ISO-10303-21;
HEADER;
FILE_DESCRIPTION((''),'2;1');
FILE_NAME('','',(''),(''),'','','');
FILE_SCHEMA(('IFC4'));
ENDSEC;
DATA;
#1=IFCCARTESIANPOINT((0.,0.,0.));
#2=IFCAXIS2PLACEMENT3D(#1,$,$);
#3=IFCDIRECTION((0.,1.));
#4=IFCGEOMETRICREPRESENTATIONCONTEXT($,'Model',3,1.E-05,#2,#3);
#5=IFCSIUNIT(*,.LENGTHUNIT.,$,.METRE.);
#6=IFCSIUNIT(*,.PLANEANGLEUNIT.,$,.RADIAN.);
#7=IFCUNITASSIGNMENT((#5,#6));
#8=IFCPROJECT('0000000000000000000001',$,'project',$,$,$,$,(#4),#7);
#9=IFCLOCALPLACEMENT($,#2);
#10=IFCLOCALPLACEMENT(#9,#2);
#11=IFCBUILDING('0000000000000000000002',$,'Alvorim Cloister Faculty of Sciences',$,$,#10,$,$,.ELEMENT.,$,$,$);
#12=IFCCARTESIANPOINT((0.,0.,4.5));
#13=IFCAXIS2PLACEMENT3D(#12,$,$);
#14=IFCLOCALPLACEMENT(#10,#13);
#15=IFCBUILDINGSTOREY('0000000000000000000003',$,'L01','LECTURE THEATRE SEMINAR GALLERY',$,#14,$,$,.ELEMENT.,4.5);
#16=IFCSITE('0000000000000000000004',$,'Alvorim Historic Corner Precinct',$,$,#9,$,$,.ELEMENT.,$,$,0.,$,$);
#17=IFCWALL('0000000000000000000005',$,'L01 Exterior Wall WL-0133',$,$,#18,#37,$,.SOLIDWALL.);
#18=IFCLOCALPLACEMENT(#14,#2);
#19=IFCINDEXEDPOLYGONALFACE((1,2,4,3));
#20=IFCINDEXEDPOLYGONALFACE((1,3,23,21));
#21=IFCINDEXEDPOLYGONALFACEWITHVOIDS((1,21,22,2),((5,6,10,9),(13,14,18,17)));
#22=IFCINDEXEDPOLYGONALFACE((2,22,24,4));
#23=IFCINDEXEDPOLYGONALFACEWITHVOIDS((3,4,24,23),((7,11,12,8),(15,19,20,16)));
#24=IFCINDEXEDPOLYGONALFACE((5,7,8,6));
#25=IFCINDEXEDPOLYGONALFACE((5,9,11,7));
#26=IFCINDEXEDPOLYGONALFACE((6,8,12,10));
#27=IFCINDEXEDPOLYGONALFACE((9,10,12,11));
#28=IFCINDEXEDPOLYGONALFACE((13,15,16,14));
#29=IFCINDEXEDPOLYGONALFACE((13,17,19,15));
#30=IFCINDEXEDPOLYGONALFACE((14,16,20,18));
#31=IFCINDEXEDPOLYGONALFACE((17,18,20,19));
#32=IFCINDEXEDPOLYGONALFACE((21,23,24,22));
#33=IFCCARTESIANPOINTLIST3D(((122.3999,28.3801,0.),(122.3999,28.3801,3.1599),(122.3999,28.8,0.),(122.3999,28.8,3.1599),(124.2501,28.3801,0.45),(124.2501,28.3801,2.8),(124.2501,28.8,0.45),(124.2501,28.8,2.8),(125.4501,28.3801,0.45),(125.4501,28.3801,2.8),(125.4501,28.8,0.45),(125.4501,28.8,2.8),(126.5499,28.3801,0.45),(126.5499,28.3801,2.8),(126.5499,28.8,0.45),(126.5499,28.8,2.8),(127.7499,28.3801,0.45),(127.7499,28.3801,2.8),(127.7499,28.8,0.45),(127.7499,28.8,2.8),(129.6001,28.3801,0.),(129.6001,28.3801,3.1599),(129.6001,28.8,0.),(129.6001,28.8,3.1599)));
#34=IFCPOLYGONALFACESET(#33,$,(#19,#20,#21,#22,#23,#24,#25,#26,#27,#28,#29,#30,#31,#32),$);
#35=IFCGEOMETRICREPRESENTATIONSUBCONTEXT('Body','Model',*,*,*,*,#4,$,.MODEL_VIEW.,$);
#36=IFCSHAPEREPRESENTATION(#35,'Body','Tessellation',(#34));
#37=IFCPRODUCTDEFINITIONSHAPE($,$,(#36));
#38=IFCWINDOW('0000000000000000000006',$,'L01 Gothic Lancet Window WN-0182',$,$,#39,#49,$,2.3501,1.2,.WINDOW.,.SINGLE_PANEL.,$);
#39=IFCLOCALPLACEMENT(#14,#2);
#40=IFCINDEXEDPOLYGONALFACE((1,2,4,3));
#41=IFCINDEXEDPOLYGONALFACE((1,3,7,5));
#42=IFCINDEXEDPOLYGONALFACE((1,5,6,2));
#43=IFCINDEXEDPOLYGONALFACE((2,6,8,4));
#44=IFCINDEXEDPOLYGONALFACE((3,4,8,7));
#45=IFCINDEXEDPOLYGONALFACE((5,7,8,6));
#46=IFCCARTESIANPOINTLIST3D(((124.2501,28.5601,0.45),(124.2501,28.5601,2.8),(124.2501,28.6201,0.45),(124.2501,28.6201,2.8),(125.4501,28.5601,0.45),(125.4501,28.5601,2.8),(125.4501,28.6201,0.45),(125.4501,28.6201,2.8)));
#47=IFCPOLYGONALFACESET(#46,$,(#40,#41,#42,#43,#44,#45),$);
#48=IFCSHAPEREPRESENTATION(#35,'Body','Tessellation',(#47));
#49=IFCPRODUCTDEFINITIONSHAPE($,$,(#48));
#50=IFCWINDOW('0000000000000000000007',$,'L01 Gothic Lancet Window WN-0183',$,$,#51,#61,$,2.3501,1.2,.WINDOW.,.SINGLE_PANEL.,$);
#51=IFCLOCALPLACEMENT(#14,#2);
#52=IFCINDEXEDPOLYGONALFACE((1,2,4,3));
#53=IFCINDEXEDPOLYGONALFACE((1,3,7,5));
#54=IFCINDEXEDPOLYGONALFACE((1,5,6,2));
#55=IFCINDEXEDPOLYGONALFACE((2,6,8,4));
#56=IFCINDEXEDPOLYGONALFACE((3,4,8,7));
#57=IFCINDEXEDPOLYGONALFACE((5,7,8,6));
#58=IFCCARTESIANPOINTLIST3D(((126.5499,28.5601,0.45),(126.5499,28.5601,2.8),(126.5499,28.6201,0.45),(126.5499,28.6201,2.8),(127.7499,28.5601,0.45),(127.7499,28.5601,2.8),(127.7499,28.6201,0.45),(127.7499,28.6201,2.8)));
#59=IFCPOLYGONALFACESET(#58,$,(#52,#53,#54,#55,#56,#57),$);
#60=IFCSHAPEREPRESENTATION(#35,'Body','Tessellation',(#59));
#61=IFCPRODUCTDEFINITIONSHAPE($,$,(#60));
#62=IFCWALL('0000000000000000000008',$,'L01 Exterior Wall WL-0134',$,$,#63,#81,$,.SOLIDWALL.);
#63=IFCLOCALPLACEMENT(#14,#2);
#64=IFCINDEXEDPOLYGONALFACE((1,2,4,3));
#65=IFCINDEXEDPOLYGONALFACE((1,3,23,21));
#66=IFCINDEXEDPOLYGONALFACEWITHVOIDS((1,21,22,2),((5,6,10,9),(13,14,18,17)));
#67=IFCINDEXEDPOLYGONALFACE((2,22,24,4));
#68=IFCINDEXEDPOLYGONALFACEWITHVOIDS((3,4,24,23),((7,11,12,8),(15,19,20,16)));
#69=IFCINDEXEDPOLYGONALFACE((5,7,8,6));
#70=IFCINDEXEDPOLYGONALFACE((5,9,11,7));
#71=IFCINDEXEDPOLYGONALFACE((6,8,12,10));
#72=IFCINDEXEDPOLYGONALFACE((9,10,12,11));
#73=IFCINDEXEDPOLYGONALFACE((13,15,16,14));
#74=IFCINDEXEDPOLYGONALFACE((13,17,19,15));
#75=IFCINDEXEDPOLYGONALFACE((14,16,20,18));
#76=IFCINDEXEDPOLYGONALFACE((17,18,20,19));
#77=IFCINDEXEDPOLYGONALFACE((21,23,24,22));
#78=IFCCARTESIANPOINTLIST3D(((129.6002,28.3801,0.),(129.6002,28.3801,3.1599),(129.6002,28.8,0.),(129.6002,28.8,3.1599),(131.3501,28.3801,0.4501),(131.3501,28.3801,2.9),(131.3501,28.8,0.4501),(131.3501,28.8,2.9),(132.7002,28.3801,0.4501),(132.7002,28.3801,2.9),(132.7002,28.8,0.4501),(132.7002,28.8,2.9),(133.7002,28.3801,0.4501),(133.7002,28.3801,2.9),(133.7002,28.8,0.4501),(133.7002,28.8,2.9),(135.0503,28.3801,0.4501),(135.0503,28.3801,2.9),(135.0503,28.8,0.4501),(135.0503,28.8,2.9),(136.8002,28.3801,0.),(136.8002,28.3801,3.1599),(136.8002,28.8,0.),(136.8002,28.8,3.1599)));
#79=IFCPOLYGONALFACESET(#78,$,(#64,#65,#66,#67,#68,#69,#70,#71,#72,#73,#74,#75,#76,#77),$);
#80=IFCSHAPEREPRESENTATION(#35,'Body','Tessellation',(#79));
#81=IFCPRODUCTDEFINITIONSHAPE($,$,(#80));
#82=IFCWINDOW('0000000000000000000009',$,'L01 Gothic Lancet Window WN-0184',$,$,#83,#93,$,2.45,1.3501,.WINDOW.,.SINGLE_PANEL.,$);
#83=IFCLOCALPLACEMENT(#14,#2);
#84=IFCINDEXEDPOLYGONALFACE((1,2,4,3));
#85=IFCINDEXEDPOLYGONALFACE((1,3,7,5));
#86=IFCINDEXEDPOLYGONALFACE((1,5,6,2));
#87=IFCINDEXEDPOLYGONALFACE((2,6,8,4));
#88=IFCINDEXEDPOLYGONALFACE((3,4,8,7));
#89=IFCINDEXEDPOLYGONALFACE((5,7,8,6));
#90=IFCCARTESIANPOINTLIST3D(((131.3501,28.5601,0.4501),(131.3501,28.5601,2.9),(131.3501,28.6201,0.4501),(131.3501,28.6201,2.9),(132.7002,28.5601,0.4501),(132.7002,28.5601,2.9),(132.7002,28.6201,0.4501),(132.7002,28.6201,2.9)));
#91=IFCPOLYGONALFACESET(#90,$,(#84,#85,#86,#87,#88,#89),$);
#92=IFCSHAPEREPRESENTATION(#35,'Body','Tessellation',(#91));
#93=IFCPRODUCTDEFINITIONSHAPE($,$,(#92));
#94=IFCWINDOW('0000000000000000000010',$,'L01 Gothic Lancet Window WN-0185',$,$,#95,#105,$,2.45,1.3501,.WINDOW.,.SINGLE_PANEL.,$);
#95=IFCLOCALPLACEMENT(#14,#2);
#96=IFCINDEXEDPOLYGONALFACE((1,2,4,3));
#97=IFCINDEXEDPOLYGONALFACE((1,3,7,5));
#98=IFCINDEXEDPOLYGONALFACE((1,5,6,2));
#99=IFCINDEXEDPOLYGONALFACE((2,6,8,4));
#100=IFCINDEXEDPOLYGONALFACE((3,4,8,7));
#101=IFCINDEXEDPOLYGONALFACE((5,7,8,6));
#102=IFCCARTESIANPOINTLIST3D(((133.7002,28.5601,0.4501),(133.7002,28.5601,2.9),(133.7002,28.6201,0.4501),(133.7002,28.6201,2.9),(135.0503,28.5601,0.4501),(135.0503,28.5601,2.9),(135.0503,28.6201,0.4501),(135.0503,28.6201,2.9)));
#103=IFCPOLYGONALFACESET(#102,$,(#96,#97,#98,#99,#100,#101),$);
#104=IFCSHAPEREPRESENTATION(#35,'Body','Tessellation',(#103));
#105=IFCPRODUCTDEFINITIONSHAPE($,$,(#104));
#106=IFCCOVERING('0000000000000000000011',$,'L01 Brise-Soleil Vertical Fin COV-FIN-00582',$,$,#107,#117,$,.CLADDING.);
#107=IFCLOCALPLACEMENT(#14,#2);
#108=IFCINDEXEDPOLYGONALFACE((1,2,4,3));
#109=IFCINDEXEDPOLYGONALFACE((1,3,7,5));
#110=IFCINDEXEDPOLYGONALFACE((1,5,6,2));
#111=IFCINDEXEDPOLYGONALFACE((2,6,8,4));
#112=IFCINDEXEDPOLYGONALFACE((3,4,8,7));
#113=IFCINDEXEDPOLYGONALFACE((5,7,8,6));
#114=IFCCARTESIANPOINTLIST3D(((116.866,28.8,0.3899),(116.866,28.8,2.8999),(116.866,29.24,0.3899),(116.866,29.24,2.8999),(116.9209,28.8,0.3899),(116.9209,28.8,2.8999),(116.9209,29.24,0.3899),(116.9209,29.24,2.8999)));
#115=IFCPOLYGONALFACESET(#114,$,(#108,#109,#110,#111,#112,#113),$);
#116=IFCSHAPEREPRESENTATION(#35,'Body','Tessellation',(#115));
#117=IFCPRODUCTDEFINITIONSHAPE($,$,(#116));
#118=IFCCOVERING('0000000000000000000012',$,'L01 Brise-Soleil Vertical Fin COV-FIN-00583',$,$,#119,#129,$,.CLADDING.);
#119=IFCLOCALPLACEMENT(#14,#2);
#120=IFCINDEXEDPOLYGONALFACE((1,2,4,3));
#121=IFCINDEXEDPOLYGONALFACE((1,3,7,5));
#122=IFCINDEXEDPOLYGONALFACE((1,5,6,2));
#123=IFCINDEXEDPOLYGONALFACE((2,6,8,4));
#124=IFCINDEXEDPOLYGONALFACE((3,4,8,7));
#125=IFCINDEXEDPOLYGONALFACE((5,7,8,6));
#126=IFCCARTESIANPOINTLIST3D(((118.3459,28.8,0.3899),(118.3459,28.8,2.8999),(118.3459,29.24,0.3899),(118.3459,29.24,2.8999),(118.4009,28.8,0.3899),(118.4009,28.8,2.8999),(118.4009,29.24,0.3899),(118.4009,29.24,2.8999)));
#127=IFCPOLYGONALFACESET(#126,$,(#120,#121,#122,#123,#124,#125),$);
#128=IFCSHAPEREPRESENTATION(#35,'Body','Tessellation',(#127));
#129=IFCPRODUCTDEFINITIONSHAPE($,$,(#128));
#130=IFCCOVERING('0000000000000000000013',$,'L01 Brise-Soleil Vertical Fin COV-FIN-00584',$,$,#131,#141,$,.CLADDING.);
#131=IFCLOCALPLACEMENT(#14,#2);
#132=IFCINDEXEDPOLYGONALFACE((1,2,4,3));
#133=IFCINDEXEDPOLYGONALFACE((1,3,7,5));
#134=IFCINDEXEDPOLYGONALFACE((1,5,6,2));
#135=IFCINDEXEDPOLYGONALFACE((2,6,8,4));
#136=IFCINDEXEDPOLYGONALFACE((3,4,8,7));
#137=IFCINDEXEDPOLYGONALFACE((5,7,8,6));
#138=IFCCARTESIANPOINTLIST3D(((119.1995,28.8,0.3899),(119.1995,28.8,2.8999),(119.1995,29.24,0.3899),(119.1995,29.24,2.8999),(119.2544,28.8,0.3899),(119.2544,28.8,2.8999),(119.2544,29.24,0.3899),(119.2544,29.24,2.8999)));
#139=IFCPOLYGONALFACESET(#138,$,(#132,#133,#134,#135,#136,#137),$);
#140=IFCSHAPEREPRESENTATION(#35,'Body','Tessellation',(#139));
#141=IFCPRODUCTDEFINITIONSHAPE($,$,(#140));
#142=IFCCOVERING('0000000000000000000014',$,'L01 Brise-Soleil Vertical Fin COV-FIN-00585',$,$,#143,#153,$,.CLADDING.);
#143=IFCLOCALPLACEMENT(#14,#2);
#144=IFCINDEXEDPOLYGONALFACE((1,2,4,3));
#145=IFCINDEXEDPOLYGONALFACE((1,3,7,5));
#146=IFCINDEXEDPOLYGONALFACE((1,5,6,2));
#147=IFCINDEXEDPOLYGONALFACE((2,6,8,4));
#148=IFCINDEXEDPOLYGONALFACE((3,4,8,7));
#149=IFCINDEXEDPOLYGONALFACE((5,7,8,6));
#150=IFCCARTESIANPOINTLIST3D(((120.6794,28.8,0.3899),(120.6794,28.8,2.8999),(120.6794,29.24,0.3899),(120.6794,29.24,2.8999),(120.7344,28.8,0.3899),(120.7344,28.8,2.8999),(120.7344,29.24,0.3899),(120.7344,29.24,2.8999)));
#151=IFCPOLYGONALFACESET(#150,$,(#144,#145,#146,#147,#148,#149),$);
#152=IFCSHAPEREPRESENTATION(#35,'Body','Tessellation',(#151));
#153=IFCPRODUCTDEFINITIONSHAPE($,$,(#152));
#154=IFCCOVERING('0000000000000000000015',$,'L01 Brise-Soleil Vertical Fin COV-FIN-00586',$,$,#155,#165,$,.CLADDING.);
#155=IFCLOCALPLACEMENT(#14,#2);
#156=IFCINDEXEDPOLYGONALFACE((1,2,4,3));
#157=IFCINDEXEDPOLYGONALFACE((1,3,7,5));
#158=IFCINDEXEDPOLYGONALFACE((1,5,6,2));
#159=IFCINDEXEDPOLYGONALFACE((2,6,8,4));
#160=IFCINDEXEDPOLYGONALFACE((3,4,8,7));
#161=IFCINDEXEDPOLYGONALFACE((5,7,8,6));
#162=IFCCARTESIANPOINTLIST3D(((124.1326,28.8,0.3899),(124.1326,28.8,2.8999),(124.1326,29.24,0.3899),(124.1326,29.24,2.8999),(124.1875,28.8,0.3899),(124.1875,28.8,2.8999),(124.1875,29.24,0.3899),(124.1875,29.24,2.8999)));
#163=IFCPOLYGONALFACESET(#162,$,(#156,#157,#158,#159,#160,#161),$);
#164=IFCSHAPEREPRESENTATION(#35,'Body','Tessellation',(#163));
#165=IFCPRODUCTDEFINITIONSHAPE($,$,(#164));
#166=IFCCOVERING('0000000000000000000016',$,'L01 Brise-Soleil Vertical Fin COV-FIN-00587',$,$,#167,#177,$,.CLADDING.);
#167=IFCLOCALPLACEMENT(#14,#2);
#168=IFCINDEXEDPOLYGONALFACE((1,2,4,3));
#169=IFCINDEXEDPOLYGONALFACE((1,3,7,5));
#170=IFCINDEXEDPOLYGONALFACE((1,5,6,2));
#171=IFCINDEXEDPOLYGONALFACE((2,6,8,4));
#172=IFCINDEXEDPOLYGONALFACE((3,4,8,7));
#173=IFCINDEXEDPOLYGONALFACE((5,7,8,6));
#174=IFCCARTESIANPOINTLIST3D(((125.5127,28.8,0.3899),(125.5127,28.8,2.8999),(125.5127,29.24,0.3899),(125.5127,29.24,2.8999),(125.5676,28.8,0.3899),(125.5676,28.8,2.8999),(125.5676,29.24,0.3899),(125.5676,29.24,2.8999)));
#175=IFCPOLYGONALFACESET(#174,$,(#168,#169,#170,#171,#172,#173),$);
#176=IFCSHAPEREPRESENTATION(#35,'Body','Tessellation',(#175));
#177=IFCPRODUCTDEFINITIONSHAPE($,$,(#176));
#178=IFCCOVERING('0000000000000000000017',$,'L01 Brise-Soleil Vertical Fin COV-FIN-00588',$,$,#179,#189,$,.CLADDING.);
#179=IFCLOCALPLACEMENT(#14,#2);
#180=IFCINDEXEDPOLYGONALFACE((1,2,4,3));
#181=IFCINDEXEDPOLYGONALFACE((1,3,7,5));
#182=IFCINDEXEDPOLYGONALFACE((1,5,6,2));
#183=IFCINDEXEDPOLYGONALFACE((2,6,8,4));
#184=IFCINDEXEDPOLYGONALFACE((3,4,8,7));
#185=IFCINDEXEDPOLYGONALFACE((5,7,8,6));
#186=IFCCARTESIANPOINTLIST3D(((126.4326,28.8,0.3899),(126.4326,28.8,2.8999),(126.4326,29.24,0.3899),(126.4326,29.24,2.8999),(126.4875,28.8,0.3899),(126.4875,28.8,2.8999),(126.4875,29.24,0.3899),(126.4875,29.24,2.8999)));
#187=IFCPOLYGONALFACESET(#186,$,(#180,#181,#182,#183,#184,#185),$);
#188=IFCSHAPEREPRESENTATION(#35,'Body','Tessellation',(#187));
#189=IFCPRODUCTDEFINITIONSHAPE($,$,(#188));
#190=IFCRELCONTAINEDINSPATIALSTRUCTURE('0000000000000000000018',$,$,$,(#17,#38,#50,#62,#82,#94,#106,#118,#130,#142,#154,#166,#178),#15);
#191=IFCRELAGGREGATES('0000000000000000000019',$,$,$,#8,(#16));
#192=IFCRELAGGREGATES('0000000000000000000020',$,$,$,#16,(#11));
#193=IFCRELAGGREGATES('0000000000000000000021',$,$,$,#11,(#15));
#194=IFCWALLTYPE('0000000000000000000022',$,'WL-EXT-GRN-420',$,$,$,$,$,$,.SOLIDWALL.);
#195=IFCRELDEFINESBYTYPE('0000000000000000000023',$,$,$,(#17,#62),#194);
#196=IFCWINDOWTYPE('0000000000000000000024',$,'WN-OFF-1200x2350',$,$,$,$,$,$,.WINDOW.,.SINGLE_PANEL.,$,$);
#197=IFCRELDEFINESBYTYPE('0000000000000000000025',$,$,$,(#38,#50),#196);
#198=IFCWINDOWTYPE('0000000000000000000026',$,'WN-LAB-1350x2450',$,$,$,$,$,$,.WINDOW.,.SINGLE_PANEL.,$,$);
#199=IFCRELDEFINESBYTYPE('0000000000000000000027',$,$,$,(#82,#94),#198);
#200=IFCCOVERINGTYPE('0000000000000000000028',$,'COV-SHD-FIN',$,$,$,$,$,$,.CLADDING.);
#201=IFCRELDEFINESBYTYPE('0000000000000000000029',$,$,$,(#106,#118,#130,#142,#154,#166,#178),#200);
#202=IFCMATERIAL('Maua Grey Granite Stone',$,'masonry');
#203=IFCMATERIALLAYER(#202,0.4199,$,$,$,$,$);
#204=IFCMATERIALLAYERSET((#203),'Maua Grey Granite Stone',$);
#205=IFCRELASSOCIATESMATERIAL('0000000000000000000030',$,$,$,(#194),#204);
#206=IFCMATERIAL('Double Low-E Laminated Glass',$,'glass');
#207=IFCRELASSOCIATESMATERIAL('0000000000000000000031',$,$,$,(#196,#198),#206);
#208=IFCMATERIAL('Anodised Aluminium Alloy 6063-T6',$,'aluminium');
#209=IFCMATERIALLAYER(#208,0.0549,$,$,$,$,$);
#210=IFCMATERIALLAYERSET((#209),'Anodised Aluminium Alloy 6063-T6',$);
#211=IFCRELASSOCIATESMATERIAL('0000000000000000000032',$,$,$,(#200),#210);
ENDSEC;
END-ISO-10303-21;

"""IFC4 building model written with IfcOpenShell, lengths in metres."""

from ifc_helpers import new_model, si_unit, direction, frame, frame_2d, origin, place, context, subcontext, project, spatial, polyline, rectangle, outline, extrude, material, layer, layer_set, type_object, element, fill, save


model = new_model("IFC4")

# Units and contexts
model_context = context("Model", 3, precision=1e-05, world=origin(), true_north=direction((0.0, 1.0)))
body_context = subcontext(model_context, "Body", "Model", "MODEL_VIEW")
ifc_project = project(units=[si_unit("LENGTHUNIT", "METRE"), si_unit("PLANEANGLEUNIT", "RADIAN")], contexts=[model_context])

# Site, building, storey
site_placement = place(None, origin())
site = spatial("IfcSite", under=ifc_project, at=site_placement, Name="Alvorim Historic Corner Precinct", CompositionType="ELEMENT", RefElevation=0.0)
building_placement = place(site_placement, origin())
building = spatial("IfcBuilding", under=site, at=building_placement, Name="Alvorim Cloister Faculty of Sciences", CompositionType="ELEMENT")
storey_placement = place(building_placement, frame((0.0, 0.0, 4.5)))
storey = spatial("IfcBuildingStorey", under=building, at=storey_placement, Name="L01", Description="LECTURE THEATRE SEMINAR GALLERY", CompositionType="ELEMENT", Elevation=4.5)

# Walls, openings, windows
ifc_material_1 = material(Name="Maua Grey Granite Stone", Category="masonry")
ifc_layer_1 = layer(ifc_material_1, 0.4199)
ifc_layer_set_1 = layer_set([ifc_layer_1], Name="Maua Grey Granite Stone")
wall_type = type_object("IfcWallType", Name="WL-EXT-GRN-420", PredefinedType="SOLIDWALL", material=ifc_layer_set_1)
wall_1_placement = place(storey_placement, frame((122.3999, 28.5901, 0.0), z_axis=(0.0, 0.0, 1.0), x_axis=(1.0, 0.0, 0.0)))
wall_1 = element("IfcWall", 1, at=wall_1_placement, inside=storey, type_object=wall_type, Name="L01 Exterior Wall WL-0133", PredefinedType="SOLIDWALL", context=body_context, shape_type="SweptSolid", body=[
    extrude(rectangle(XDim=7.2002, YDim=0.4199, at=frame_2d((3.6001, 0.0))), origin(), (0.0, 0.0, 1.0), 3.1599),
])
opening_1_placement = place(wall_1_placement, frame((1.8501, 0.0, 0.45)))
opening_1 = element("IfcOpeningElement", 2, at=opening_1_placement, cuts=wall_1, PredefinedType="OPENING", context=body_context, shape_type="SweptSolid", body=[
    extrude(rectangle(XDim=1.2, YDim=2.3501, at=frame_2d((0.6001, 1.175))), frame((0.0, 0.2219, 0.0), z_axis=(0.0, -1.0, 0.0), x_axis=(1.0, 0.0, 0.0)), (0.0, 0.0, 1.0), 0.4438),
])
opening_2_placement = place(wall_1_placement, frame((4.1499, 0.0, 0.45)))
opening_2 = element("IfcOpeningElement", 3, at=opening_2_placement, cuts=wall_1, PredefinedType="OPENING", context=body_context, shape_type="SweptSolid", body=[
    extrude(rectangle(XDim=1.2, YDim=2.3501, at=frame_2d((0.6001, 1.175))), frame((0.0, 0.2219, 0.0), z_axis=(0.0, -1.0, 0.0), x_axis=(1.0, 0.0, 0.0)), (0.0, 0.0, 1.0), 0.4438),
])
ifc_material_2 = material(Name="Double Low-E Laminated Glass", Category="glass")
window_type_1 = type_object("IfcWindowType", Name="WN-OFF-1200x2350", PartitioningType="SINGLE_PANEL", PredefinedType="WINDOW", material=ifc_material_2)
window_1_placement = place(opening_1_placement, origin())
window_1 = element("IfcWindow", 4, at=window_1_placement, inside=storey, type_object=window_type_1, Name="L01 Gothic Lancet Window WN-0182", OverallHeight=2.3501, OverallWidth=1.2, PartitioningType="SINGLE_PANEL", PredefinedType="WINDOW", context=body_context, shape_type="SweptSolid", body=[
    extrude(rectangle(XDim=1.2, YDim=2.3501, at=frame_2d((0.6001, 1.175))), frame((0.0, 0.03, 0.0), z_axis=(0.0, -1.0, 0.0), x_axis=(1.0, 0.0, 0.0)), (0.0, 0.0, 1.0), 0.0601),
])
fill(opening_1, window_1)
window_2_placement = place(opening_2_placement, origin())
window_2 = element("IfcWindow", 5, at=window_2_placement, inside=storey, type_object=window_type_1, Name="L01 Gothic Lancet Window WN-0183", OverallHeight=2.3501, OverallWidth=1.2, PartitioningType="SINGLE_PANEL", PredefinedType="WINDOW", context=body_context, shape_type="SweptSolid", body=[
    extrude(rectangle(XDim=1.2, YDim=2.3501, at=frame_2d((0.6001, 1.175))), frame((0.0, 0.03, 0.0), z_axis=(0.0, -1.0, 0.0), x_axis=(1.0, 0.0, 0.0)), (0.0, 0.0, 1.0), 0.0601),
])
fill(opening_2, window_2)
wall_2_placement = place(storey_placement, frame((129.6001, 28.5901, 0.0), z_axis=(0.0, 0.0, 1.0), x_axis=(1.0, 0.0, 0.0)))
wall_2 = element("IfcWall", 6, at=wall_2_placement, inside=storey, type_object=wall_type, Name="L01 Exterior Wall WL-0134", PredefinedType="SOLIDWALL", context=body_context, shape_type="SweptSolid", body=[
    extrude(rectangle(XDim=7.2, YDim=0.4199, at=frame_2d((3.6001, 0.0))), origin(), (0.0, 0.0, 1.0), 3.1599),
])
opening_3_placement = place(wall_2_placement, frame((1.75, 0.0, 0.45)))
opening_3 = element("IfcOpeningElement", 7, at=opening_3_placement, cuts=wall_2, PredefinedType="OPENING", context=body_context, shape_type="SweptSolid", body=[
    extrude(rectangle(XDim=1.3501, YDim=2.45, at=frame_2d((0.675, 1.2251))), frame((0.0, 0.2219, 0.0), z_axis=(0.0, -1.0, 0.0), x_axis=(1.0, 0.0, 0.0)), (0.0, 0.0, 1.0), 0.4438),
])
opening_4_placement = place(wall_2_placement, frame((4.1001, 0.0, 0.45)))
opening_4 = element("IfcOpeningElement", 8, at=opening_4_placement, cuts=wall_2, PredefinedType="OPENING", context=body_context, shape_type="SweptSolid", body=[
    extrude(rectangle(XDim=1.3501, YDim=2.45, at=frame_2d((0.675, 1.2251))), frame((0.0, 0.2219, 0.0), z_axis=(0.0, -1.0, 0.0), x_axis=(1.0, 0.0, 0.0)), (0.0, 0.0, 1.0), 0.4438),
])
window_type_2 = type_object("IfcWindowType", Name="WN-LAB-1350x2450", PartitioningType="SINGLE_PANEL", PredefinedType="WINDOW", material=ifc_material_2)
window_3_placement = place(opening_3_placement, origin())
window_3 = element("IfcWindow", 9, at=window_3_placement, inside=storey, type_object=window_type_2, Name="L01 Gothic Lancet Window WN-0184", OverallHeight=2.45, OverallWidth=1.3501, PartitioningType="SINGLE_PANEL", PredefinedType="WINDOW", context=body_context, shape_type="SweptSolid", body=[
    extrude(rectangle(XDim=1.3501, YDim=2.45, at=frame_2d((0.675, 1.2251))), frame((0.0, 0.03, 0.0), z_axis=(0.0, -1.0, 0.0), x_axis=(1.0, 0.0, 0.0)), (0.0, 0.0, 1.0), 0.0601),
])
fill(opening_3, window_3)
window_4_placement = place(opening_4_placement, origin())
window_4 = element("IfcWindow", 10, at=window_4_placement, inside=storey, type_object=window_type_2, Name="L01 Gothic Lancet Window WN-0185", OverallHeight=2.45, OverallWidth=1.3501, PartitioningType="SINGLE_PANEL", PredefinedType="WINDOW", context=body_context, shape_type="SweptSolid", body=[
    extrude(rectangle(XDim=1.3501, YDim=2.45, at=frame_2d((0.675, 1.2251))), frame((0.0, 0.03, 0.0), z_axis=(0.0, -1.0, 0.0), x_axis=(1.0, 0.0, 0.0)), (0.0, 0.0, 1.0), 0.0601),
])
fill(opening_4, window_4)

# Coverings
ifc_material_3 = material(Name="Anodised Aluminium Alloy 6063-T6", Category="aluminium")
ifc_layer_2 = layer(ifc_material_3, 0.0549)
ifc_layer_set_2 = layer_set([ifc_layer_2], Name="Anodised Aluminium Alloy 6063-T6")
covering_type = type_object("IfcCoveringType", Name="COV-SHD-FIN", PredefinedType="CLADDING", material=ifc_layer_set_2)
for number, where, z_axis, x_axis, name in (
    (11, (116.8933, 28.8, 0.3899), (0.0, 0.0, 1.0), (0.0, 1.0, 0.0), "L01 Brise-Soleil Vertical Fin COV-FIN-00582"),
    (12, (118.3733, 28.8, 0.3899), (0.0, 0.0, 1.0), (0.0, 1.0, 0.0), "L01 Brise-Soleil Vertical Fin COV-FIN-00583"),
    (13, (119.2268, 28.8, 0.3899), (0.0, 0.0, 1.0), (0.0, 1.0, 0.0), "L01 Brise-Soleil Vertical Fin COV-FIN-00584"),
    (14, (120.7068, 28.8, 0.3899), (0.0, 0.0, 1.0), (0.0, 1.0, 0.0), "L01 Brise-Soleil Vertical Fin COV-FIN-00585"),
    (15, (124.1599, 28.8, 0.3899), (0.0, 0.0, 1.0), (0.0, 1.0, 0.0), "L01 Brise-Soleil Vertical Fin COV-FIN-00586"),
    (16, (125.54, 28.8, 0.3899), (0.0, 0.0, 1.0), (0.0, 1.0, 0.0), "L01 Brise-Soleil Vertical Fin COV-FIN-00587"),
    (17, (126.46, 28.8, 0.3899), (0.0, 0.0, 1.0), (0.0, 1.0, 0.0), "L01 Brise-Soleil Vertical Fin COV-FIN-00588"),
):
    element("IfcCovering", number, at=place(storey_placement, frame(where, z_axis=z_axis, x_axis=x_axis)), inside=storey, type_object=covering_type, Name=name, PredefinedType="CLADDING", context=body_context, shape_type="SweptSolid", body=[
        extrude(outline(polyline([(0.0, 0.0), (0.4399, 0.0), (0.4399, 2.51), (0.0, 2.51), (0.0, 0.0)])), frame((0.0, 0.0273, 0.0), z_axis=(0.0, -1.0, 0.0), x_axis=(1.0, 0.0, 0.0)), (0.0, 0.0, 1.0), 0.0549),
    ])

save(model, "model.ifc")
